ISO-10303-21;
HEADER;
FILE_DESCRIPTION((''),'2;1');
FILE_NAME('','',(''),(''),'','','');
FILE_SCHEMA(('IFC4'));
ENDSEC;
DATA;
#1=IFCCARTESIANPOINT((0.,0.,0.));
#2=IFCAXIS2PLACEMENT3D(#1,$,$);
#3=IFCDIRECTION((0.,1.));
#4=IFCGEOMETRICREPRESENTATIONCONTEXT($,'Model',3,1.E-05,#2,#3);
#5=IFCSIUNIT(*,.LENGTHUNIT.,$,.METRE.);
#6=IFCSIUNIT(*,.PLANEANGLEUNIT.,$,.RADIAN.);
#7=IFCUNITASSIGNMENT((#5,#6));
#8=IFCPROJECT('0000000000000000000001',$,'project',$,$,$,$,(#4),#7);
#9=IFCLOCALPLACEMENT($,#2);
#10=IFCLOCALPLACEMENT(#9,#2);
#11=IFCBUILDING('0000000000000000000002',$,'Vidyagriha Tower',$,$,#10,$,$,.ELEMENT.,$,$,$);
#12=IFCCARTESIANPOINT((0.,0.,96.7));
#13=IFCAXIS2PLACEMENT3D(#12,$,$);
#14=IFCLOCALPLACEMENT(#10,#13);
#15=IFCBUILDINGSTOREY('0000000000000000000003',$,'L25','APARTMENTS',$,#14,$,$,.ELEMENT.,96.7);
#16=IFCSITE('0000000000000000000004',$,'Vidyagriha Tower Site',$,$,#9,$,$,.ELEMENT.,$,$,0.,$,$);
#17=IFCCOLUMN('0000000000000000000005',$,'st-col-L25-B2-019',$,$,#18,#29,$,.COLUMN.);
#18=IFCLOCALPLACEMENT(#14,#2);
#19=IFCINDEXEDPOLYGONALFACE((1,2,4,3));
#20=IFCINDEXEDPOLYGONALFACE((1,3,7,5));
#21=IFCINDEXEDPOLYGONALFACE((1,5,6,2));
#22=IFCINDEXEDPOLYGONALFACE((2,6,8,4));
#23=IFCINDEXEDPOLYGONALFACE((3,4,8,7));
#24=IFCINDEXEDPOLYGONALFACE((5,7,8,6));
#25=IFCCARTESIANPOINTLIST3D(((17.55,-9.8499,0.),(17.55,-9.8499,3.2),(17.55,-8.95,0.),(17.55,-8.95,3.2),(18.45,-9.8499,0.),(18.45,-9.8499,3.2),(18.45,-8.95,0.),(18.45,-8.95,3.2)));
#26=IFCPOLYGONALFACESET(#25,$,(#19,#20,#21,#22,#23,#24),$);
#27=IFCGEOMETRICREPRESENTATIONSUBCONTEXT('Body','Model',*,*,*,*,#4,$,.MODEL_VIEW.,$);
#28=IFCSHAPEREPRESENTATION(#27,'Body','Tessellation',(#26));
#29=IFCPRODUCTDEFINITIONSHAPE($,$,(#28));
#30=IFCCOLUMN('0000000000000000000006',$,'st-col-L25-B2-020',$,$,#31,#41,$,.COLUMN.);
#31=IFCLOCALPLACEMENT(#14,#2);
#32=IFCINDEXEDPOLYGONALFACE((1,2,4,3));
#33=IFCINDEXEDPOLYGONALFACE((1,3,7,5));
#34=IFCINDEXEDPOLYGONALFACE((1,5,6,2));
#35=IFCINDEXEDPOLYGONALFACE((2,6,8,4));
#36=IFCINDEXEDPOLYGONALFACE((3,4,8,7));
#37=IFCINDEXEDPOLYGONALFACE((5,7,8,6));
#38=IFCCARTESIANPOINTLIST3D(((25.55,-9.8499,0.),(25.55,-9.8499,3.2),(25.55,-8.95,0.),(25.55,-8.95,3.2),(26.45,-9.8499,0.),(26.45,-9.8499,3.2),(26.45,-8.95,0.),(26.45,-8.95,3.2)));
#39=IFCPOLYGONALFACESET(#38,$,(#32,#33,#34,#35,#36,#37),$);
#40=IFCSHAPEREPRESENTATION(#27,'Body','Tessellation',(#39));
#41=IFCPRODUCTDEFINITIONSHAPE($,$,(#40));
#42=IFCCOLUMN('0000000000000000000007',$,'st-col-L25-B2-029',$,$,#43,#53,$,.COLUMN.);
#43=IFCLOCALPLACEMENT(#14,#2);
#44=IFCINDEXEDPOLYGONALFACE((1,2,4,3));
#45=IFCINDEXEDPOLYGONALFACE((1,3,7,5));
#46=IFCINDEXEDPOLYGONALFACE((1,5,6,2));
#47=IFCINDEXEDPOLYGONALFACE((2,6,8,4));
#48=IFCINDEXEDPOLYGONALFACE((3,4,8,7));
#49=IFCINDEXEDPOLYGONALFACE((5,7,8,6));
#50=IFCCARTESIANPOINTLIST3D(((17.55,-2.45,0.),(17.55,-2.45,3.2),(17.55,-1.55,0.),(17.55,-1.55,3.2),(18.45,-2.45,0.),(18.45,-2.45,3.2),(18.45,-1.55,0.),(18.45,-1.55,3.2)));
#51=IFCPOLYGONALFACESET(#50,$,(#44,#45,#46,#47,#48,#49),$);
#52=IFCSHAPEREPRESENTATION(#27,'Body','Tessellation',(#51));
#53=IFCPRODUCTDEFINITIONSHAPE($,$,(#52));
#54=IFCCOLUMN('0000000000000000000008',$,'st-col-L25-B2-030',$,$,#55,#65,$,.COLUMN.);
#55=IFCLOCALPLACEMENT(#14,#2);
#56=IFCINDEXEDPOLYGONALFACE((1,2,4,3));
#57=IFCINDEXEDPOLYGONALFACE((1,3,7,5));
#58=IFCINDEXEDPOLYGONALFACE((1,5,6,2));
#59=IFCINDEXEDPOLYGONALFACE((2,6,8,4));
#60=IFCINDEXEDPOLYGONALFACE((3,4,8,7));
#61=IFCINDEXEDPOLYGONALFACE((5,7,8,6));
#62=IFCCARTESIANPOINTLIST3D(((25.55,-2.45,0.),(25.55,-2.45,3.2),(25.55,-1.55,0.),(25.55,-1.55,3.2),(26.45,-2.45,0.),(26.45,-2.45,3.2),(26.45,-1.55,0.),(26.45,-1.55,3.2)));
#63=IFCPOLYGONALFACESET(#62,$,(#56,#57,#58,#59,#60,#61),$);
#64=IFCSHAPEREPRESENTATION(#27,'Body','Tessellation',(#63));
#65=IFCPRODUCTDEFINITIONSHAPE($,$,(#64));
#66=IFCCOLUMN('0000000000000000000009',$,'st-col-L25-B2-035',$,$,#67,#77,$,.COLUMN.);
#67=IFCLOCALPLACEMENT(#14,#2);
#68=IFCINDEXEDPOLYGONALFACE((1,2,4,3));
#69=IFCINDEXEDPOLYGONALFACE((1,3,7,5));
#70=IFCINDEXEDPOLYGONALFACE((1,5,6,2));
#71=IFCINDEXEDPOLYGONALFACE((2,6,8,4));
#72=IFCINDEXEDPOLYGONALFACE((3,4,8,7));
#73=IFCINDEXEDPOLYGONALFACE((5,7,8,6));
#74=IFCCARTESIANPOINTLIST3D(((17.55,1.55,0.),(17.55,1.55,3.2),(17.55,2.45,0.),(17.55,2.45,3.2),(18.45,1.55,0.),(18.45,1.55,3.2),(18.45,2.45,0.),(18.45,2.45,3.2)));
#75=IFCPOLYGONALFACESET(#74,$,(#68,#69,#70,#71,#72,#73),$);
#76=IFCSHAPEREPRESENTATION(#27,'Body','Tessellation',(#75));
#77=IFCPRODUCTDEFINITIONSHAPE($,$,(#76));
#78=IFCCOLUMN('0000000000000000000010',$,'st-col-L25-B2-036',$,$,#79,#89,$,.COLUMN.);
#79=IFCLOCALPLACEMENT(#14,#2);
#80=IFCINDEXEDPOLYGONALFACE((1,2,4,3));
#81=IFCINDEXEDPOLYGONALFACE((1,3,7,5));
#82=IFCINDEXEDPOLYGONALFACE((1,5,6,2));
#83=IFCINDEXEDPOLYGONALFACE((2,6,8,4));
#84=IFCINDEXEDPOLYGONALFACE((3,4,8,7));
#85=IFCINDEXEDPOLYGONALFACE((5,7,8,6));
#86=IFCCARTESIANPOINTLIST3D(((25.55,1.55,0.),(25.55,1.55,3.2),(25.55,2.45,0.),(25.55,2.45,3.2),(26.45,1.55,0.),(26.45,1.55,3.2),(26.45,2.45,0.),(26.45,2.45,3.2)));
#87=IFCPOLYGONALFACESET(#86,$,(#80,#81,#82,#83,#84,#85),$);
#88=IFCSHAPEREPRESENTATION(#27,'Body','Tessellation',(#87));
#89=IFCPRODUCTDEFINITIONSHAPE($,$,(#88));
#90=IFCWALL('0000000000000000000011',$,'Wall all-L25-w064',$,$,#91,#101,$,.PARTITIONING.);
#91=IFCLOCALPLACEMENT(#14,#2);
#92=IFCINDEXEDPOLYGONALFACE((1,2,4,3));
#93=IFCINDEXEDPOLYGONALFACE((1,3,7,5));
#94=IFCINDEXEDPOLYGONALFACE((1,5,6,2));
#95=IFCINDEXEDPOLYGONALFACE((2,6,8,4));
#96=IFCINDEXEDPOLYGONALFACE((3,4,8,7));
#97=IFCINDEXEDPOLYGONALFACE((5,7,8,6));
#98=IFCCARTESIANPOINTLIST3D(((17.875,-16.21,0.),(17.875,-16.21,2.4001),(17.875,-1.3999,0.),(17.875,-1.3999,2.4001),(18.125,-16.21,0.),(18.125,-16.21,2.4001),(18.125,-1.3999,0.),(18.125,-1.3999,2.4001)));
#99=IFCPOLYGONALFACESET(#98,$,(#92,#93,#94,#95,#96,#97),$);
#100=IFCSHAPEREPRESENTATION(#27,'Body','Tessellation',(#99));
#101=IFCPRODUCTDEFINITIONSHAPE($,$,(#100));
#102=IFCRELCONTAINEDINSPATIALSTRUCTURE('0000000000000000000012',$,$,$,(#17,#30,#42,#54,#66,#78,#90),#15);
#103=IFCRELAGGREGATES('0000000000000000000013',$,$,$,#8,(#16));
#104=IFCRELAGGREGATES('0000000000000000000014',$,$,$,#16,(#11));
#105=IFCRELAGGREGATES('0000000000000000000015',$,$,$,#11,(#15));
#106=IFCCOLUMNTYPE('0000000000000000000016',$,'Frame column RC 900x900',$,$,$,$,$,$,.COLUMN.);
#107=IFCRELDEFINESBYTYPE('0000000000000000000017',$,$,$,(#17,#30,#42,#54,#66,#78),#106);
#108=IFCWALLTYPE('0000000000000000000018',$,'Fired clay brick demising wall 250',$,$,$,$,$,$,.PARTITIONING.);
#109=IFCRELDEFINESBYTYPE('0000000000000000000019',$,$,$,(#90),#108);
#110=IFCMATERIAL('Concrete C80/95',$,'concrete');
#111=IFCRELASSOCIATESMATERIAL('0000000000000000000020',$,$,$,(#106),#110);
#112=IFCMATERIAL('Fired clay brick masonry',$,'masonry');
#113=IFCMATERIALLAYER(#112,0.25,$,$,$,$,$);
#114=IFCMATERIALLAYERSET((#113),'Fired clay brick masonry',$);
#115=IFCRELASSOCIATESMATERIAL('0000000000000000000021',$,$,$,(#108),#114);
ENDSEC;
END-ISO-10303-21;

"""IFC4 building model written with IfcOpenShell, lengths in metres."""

from ifc_helpers import new_model, si_unit, direction, frame, frame_2d, origin, origin_2d, place, context, subcontext, project, spatial, rectangle, extrude, material, layer, layer_set, material_profile, profile_set, type_object, element, save


model = new_model("IFC4")

# Units and contexts
model_context = context("Model", 3, precision=1e-05, world=origin(), true_north=direction((0.0, 1.0)))
body_context = subcontext(model_context, "Body", "Model", "MODEL_VIEW")
ifc_project = project(units=[si_unit("LENGTHUNIT", "METRE"), si_unit("PLANEANGLEUNIT", "RADIAN")], contexts=[model_context])

# Site, building, storey
site_placement = place(None, origin())
site = spatial("IfcSite", under=ifc_project, at=site_placement, Name="Vidyagriha Tower Site", CompositionType="ELEMENT", RefElevation=0.0)
building_placement = place(site_placement, origin())
building = spatial("IfcBuilding", under=site, at=building_placement, Name="Vidyagriha Tower", CompositionType="ELEMENT")
storey_placement = place(building_placement, frame((0.0, 0.0, 96.7)))
storey = spatial("IfcBuildingStorey", under=building, at=storey_placement, Name="L25", Description="APARTMENTS", CompositionType="ELEMENT", Elevation=96.7)

# Columns
ifc_material_1 = material(Name="Concrete C80/95", Category="concrete")
ifc_material_profile = material_profile(ifc_material_1, rectangle(XDim=0.8999, YDim=0.8999, at=origin_2d()), Name="RC 900x900")
ifc_profile_set = profile_set([ifc_material_profile], Name="Concrete C80/95")
column_type = type_object("IfcColumnType", Name="Frame column RC 900x900", PredefinedType="COLUMN", material=ifc_profile_set)
for number, where, name in (
    (1, (18.0, -9.3999, 0.0), "st-col-L25-B2-019"),
    (2, (26.0, -9.3999, 0.0), "st-col-L25-B2-020"),
    (3, (18.0, -2.0, 0.0), "st-col-L25-B2-029"),
    (4, (26.0, -2.0, 0.0), "st-col-L25-B2-030"),
    (5, (18.0, 2.0, 0.0), "st-col-L25-B2-035"),
    (6, (26.0, 2.0, 0.0), "st-col-L25-B2-036"),
):
    element("IfcColumn", number, at=place(storey_placement, frame(where)), inside=storey, type_object=column_type, Name=name, PredefinedType="COLUMN", context=body_context, shape_type="SweptSolid", body=[
        extrude(rectangle(XDim=0.8999, YDim=0.8999, at=origin_2d()), origin(), (0.0, 0.0, 1.0), 3.2),
    ])

# Wall
ifc_material_2 = material(Name="Fired clay brick masonry", Category="masonry")
ifc_layer_1 = layer(ifc_material_2, 0.25)
ifc_layer_set_1 = layer_set([ifc_layer_1], Name="Fired clay brick masonry")
wall_type_1 = type_object("IfcWallType", Name="Fired clay brick demising wall 250", PredefinedType="PARTITIONING", material=ifc_layer_set_1)
wall_1_placement = place(storey_placement, frame((18.0, -1.3999, 0.0), z_axis=(0.0, 0.0, 1.0), x_axis=(0.0, -1.0, 0.0)))
element("IfcWall", 7, at=wall_1_placement, inside=storey, type_object=wall_type_1, Name="Wall all-L25-w064", PredefinedType="PARTITIONING", context=body_context, shape_type="SweptSolid", body=[
    extrude(rectangle(XDim=14.8101, YDim=0.25, at=frame_2d((7.405, 0.0))), origin(), (0.0, 0.0, 1.0), 2.4001),
])

save(model, "model.ifc")
